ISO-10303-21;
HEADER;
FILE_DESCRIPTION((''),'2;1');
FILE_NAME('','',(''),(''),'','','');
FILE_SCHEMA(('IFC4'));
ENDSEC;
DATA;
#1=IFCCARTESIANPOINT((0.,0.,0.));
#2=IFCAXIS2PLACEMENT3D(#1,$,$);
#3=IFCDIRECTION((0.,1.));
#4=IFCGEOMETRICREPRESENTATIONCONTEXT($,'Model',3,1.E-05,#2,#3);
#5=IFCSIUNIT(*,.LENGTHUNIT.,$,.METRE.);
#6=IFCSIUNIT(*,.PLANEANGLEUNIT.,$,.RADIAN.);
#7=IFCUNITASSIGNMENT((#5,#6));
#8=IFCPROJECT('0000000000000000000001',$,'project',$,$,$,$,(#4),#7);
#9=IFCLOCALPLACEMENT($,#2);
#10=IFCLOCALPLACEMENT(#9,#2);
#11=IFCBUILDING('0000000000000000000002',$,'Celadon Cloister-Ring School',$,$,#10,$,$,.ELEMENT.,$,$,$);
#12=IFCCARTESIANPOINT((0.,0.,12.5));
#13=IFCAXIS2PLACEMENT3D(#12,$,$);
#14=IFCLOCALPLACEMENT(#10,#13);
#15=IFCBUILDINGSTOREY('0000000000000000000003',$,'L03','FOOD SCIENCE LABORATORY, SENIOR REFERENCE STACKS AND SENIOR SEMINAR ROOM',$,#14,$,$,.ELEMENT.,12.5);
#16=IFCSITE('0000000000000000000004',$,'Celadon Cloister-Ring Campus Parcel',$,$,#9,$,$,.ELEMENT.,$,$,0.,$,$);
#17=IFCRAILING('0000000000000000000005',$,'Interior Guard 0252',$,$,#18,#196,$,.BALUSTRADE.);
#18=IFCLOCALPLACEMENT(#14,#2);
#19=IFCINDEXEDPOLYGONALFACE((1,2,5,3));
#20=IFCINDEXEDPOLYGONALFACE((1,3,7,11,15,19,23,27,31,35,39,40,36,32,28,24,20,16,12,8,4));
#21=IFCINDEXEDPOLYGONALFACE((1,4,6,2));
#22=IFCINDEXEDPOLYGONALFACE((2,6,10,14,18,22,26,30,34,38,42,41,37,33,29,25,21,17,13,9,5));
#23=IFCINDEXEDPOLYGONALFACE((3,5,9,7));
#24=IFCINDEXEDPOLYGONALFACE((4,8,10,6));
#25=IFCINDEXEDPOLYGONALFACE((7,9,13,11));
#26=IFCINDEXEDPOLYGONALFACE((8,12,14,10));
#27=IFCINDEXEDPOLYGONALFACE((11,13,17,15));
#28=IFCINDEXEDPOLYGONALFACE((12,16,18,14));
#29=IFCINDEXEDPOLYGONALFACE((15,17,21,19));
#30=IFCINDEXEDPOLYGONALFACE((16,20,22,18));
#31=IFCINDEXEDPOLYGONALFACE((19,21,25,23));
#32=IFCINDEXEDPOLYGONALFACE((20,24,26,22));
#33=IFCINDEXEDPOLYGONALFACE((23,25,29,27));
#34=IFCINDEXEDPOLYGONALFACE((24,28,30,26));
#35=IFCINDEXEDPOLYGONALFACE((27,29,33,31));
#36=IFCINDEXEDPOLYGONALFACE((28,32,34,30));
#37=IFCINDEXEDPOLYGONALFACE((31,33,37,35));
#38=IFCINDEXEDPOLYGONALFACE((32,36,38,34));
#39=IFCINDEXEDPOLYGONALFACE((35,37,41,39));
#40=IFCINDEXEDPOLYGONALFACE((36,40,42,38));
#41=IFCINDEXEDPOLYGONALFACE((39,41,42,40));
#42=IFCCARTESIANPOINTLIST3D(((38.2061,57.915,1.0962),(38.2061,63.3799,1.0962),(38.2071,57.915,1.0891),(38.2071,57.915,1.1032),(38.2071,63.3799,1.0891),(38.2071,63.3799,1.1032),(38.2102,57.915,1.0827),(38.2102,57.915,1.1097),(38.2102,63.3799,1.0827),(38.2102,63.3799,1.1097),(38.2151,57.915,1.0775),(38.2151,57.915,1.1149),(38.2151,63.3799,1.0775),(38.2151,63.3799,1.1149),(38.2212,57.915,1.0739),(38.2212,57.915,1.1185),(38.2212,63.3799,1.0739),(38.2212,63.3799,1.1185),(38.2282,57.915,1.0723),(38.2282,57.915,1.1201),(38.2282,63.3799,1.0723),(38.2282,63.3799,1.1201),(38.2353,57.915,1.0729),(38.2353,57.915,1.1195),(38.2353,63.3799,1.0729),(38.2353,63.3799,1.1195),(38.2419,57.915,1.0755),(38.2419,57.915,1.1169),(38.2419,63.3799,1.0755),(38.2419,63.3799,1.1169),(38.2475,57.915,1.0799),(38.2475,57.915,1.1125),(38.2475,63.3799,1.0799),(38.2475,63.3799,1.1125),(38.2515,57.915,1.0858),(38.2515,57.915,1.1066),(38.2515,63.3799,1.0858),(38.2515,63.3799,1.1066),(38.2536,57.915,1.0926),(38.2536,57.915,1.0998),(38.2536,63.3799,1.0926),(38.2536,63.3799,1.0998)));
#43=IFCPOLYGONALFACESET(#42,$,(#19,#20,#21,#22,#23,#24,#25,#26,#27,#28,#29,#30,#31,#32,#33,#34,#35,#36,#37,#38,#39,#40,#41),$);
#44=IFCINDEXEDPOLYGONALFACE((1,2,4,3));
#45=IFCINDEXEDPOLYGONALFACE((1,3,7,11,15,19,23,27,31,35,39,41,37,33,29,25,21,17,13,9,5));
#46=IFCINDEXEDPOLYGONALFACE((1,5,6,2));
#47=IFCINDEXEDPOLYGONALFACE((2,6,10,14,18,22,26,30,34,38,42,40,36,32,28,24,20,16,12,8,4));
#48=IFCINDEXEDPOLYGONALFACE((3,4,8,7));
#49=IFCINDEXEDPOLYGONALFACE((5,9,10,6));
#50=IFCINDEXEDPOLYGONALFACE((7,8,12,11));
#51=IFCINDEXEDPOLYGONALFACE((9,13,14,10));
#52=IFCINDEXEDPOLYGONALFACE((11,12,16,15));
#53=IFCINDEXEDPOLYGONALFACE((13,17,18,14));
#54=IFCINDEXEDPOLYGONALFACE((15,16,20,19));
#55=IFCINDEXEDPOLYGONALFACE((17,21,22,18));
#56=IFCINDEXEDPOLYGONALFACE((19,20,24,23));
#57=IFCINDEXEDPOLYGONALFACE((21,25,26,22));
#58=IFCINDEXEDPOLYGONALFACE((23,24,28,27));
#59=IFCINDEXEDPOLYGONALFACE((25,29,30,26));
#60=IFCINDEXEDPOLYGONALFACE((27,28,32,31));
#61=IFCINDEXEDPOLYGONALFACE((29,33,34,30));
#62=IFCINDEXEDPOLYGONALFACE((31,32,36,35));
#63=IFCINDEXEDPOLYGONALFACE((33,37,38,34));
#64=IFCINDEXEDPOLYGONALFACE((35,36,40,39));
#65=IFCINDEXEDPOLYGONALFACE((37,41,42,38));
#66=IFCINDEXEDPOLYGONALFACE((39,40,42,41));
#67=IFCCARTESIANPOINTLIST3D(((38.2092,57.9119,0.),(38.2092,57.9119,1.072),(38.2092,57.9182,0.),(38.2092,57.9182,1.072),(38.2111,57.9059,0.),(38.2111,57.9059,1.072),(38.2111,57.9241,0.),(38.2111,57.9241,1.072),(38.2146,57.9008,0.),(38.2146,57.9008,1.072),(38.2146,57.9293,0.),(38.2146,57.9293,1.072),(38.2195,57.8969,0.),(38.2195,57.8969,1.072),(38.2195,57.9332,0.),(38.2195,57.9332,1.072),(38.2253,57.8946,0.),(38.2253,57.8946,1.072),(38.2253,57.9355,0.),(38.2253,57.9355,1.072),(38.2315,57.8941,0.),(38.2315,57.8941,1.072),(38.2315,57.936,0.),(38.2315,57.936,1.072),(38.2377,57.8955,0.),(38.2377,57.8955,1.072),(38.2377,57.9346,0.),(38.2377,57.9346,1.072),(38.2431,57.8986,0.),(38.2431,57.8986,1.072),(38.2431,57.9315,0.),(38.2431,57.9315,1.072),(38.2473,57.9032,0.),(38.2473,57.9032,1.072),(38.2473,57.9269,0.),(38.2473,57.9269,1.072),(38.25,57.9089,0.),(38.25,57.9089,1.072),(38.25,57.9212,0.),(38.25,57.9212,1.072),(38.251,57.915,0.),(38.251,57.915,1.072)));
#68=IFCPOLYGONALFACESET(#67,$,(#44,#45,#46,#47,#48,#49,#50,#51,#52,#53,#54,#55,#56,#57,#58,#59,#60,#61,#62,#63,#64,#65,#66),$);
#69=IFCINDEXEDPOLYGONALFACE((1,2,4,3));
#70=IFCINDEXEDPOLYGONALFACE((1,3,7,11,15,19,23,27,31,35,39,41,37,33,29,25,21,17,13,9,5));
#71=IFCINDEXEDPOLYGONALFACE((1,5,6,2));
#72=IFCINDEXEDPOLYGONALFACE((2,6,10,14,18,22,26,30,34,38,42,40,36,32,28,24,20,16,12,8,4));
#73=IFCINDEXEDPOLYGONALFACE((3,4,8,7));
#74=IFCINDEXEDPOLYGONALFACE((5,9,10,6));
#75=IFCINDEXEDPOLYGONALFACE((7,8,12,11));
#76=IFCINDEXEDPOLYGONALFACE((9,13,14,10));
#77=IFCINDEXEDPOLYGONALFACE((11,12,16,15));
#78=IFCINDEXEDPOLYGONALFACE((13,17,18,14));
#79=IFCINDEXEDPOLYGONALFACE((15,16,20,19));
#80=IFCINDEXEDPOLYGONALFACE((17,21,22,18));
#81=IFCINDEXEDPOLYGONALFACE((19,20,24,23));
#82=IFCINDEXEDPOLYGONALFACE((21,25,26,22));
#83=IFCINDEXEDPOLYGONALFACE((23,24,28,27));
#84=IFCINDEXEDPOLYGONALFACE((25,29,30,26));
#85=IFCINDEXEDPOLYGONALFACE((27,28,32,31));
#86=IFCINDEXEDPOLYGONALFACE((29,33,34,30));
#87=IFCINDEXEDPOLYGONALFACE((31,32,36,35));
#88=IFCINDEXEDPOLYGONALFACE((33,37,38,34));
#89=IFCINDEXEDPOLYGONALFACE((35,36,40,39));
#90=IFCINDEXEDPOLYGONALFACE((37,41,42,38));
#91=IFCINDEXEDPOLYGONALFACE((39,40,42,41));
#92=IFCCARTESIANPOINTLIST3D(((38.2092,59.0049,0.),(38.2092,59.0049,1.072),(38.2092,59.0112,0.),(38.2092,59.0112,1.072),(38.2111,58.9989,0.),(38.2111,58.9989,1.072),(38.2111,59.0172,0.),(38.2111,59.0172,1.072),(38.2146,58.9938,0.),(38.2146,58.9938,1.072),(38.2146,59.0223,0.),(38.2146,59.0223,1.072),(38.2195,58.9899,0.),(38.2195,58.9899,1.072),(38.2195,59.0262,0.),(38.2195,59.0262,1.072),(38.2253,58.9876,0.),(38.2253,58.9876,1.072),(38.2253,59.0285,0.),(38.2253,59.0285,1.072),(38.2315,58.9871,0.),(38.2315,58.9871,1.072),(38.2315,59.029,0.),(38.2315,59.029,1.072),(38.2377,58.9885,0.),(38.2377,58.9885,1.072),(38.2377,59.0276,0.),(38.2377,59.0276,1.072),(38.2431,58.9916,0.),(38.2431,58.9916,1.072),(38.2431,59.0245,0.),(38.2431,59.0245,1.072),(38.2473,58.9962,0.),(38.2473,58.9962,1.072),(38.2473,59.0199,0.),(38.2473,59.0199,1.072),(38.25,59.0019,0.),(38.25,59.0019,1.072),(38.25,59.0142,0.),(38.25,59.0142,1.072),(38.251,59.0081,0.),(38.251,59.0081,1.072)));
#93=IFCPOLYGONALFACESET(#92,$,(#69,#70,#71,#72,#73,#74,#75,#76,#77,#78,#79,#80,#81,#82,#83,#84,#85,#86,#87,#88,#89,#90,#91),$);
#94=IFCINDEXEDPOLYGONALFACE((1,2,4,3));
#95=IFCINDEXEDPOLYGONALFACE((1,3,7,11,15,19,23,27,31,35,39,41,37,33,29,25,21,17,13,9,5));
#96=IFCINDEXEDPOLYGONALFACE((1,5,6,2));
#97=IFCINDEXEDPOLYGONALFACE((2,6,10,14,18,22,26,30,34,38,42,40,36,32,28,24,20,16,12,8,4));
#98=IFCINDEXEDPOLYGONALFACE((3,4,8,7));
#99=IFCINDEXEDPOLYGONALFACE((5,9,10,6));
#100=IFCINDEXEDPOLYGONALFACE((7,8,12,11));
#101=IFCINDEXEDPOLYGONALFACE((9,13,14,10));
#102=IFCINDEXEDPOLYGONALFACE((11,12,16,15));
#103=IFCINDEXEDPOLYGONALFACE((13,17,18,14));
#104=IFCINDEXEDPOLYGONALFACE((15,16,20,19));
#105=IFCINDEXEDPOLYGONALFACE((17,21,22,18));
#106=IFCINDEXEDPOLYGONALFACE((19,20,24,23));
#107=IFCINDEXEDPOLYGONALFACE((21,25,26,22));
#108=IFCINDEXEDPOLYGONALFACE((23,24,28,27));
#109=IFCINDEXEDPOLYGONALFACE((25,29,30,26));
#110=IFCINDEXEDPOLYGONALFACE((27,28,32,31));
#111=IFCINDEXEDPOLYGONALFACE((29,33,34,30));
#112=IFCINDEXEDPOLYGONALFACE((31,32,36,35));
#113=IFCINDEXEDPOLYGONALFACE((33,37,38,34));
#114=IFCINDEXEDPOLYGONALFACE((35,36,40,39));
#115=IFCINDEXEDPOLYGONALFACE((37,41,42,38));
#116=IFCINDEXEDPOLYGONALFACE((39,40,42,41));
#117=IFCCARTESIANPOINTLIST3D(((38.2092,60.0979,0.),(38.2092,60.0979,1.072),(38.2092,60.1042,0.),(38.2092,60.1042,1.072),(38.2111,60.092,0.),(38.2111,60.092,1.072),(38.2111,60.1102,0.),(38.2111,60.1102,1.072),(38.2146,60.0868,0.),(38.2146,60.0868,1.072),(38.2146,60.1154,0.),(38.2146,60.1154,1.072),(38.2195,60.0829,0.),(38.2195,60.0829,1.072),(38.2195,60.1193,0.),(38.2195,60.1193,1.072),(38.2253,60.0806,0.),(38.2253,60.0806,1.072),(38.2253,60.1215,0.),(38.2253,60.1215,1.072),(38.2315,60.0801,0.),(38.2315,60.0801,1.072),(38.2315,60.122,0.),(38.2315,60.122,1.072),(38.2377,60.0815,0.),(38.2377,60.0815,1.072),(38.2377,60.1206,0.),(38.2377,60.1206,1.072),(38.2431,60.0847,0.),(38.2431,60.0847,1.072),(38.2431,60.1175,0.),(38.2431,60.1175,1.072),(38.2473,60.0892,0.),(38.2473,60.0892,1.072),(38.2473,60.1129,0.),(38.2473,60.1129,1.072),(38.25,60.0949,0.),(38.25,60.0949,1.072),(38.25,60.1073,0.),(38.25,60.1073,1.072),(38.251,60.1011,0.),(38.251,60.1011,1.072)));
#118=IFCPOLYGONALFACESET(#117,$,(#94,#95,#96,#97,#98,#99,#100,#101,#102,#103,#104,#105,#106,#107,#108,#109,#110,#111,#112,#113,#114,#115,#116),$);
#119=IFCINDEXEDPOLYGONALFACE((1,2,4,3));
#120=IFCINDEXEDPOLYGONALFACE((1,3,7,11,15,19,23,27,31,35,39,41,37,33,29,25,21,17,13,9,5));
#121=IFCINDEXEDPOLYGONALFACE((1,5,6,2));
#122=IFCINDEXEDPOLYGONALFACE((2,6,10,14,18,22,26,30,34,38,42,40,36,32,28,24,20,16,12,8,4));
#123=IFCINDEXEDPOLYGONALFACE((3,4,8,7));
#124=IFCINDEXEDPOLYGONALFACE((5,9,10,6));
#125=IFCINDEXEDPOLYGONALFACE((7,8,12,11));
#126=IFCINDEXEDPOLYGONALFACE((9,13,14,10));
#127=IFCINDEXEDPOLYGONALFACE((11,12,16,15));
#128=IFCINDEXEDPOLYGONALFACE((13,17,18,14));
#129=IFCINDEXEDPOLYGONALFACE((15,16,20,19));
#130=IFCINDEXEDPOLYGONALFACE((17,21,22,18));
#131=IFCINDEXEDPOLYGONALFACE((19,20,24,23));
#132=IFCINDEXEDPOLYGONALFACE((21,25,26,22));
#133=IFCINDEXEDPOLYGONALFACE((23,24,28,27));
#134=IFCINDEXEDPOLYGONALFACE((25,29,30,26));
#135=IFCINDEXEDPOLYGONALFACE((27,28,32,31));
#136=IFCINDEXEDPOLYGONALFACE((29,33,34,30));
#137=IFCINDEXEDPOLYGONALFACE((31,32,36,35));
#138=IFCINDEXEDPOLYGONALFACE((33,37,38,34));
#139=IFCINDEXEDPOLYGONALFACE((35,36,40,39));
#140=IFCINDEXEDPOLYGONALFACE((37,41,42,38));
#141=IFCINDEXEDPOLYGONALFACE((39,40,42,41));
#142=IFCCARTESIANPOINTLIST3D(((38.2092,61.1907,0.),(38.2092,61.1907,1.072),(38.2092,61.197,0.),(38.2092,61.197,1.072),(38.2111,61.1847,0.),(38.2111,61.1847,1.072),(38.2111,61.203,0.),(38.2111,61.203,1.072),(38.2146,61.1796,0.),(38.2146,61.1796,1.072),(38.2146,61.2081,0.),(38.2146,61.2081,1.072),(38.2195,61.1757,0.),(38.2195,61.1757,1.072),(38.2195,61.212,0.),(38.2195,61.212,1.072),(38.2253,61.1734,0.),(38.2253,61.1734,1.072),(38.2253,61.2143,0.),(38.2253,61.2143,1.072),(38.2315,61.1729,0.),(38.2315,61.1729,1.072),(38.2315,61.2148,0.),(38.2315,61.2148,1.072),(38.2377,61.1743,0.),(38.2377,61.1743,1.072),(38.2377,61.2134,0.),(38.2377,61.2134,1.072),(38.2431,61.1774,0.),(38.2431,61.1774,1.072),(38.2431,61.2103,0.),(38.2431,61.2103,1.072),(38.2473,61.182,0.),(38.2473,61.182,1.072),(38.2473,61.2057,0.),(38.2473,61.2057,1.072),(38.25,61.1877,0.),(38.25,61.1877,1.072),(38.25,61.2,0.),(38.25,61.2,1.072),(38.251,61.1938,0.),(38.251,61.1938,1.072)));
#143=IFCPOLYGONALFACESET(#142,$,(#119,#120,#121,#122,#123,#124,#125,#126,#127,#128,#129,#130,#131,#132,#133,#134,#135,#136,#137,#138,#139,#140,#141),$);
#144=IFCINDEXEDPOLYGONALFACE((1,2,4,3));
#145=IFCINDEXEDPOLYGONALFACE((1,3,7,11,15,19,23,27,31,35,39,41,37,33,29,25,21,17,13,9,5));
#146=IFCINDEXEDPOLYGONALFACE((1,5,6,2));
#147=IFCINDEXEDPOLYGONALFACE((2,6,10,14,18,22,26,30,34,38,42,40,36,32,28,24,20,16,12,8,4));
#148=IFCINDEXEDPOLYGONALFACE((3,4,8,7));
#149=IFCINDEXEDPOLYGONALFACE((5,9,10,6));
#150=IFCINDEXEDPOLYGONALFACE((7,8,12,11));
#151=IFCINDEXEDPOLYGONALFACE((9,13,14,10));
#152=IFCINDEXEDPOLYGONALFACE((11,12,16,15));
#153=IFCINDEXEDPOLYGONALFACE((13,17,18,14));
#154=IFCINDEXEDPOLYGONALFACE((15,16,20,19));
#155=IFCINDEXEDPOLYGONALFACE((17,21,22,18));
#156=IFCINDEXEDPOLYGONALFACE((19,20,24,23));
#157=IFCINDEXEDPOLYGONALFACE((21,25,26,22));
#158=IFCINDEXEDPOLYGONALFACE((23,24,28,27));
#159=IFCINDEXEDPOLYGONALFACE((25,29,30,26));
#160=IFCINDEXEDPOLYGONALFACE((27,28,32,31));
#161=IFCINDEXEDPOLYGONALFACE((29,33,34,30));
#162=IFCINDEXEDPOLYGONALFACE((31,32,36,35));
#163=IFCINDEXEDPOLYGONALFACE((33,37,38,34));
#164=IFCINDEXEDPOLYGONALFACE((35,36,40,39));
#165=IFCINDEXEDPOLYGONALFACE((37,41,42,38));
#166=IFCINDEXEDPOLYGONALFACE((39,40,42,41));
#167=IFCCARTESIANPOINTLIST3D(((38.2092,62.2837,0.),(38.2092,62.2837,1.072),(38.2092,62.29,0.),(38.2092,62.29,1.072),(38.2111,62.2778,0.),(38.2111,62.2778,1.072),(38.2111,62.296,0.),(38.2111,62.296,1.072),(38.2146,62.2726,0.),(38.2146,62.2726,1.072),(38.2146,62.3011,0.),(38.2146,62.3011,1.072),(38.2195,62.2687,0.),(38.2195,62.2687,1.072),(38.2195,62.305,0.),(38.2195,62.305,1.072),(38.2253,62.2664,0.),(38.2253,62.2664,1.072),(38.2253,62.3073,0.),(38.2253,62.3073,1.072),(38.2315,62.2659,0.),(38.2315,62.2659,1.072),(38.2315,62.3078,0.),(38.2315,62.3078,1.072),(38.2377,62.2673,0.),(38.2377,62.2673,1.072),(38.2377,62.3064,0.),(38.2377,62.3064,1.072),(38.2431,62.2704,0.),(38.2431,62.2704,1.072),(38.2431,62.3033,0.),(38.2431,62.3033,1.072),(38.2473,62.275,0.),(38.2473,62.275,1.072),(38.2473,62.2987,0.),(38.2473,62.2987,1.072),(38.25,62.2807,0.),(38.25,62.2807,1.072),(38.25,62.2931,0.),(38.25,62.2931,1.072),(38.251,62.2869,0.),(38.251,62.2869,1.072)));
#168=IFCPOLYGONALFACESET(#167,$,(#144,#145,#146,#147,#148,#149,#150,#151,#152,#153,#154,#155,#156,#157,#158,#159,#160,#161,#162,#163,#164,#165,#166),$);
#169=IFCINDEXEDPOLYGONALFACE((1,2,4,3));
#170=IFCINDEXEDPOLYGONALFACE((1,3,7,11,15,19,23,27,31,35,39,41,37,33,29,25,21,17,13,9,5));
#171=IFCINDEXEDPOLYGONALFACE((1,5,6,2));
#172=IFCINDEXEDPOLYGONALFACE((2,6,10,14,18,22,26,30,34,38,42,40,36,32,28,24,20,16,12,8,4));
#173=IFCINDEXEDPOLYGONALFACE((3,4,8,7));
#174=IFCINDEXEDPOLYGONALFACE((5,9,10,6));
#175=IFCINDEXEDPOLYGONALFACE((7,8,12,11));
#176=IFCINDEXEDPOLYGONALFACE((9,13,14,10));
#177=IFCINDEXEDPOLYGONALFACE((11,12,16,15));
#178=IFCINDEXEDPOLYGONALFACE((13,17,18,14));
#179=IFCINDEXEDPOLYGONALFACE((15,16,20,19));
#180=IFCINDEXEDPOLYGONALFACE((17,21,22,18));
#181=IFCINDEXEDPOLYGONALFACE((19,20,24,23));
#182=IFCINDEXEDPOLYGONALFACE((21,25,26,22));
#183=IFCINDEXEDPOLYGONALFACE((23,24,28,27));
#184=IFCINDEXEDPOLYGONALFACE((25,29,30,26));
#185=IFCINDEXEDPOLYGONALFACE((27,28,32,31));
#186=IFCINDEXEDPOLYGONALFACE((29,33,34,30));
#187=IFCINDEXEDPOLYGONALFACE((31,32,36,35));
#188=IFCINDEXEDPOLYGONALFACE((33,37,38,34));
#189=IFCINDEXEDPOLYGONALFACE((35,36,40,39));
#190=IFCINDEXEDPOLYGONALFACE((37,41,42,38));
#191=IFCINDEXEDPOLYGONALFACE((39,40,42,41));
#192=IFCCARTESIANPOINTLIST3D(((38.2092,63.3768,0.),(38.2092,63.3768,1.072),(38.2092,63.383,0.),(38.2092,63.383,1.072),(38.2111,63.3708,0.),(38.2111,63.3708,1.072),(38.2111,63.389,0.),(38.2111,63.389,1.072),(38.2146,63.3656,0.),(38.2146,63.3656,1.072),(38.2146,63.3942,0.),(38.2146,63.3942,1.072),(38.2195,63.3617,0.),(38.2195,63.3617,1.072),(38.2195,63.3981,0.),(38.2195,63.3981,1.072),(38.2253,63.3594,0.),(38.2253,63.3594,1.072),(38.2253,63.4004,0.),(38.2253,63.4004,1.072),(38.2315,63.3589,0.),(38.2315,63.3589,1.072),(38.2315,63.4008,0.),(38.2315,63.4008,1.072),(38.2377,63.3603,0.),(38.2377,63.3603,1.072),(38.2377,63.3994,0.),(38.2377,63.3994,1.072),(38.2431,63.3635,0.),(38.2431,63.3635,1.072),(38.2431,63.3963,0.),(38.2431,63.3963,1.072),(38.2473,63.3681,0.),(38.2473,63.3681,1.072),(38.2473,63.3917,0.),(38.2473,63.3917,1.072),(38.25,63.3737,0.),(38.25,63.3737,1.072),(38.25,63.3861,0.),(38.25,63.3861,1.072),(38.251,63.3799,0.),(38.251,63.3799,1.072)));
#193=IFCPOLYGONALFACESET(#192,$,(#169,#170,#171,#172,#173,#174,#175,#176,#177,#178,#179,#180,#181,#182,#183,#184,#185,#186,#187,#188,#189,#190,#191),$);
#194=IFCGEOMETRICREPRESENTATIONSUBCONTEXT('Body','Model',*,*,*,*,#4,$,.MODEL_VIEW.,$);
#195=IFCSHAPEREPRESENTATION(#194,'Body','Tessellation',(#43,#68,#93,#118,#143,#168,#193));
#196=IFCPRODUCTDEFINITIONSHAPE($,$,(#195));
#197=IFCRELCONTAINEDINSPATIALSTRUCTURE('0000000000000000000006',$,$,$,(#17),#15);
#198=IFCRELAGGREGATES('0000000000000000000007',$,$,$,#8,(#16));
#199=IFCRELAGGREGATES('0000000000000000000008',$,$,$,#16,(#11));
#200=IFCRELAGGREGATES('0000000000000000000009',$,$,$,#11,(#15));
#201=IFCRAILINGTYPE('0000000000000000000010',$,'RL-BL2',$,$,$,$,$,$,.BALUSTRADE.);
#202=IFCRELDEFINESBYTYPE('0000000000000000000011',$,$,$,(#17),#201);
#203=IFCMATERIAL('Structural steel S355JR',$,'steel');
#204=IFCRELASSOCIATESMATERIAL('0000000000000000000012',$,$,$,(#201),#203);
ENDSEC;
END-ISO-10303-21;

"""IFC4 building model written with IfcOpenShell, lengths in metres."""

from ifc_helpers import new_model, si_unit, direction, frame, origin, origin_2d, place, context, subcontext, project, spatial, circle, extrude, material, type_object, element, save


model = new_model("IFC4")

# Units and contexts
model_context = context("Model", 3, precision=1e-05, world=origin(), true_north=direction((0.0, 1.0)))
body_context = subcontext(model_context, "Body", "Model", "MODEL_VIEW")
ifc_project = project(units=[si_unit("LENGTHUNIT", "METRE"), si_unit("PLANEANGLEUNIT", "RADIAN")], contexts=[model_context])

# Site, building, storey
site_placement = place(None, origin())
site = spatial("IfcSite", under=ifc_project, at=site_placement, Name="Celadon Cloister-Ring Campus Parcel", CompositionType="ELEMENT", RefElevation=0.0)
building_placement = place(site_placement, origin())
building = spatial("IfcBuilding", under=site, at=building_placement, Name="Celadon Cloister-Ring School", CompositionType="ELEMENT")
storey_placement = place(building_placement, frame((0.0, 0.0, 12.5)))
storey = spatial("IfcBuildingStorey", under=building, at=storey_placement, Name="L03", Description="FOOD SCIENCE LABORATORY, SENIOR REFERENCE STACKS AND SENIOR SEMINAR ROOM", CompositionType="ELEMENT", Elevation=12.5)

# Railing
ifc_material_1 = material(Name="Structural steel S355JR", Category="steel")
railing_type_1 = type_object("IfcRailingType", Name="RL-BL2", PredefinedType="BALUSTRADE", material=ifc_material_1)
railing_1_placement = place(storey_placement, frame((38.23, 57.915, 0.0)))
element("IfcRailing", 1, at=railing_1_placement, inside=storey, type_object=railing_type_1, Name="Interior Guard 0252", PredefinedType="BALUSTRADE", context=body_context, shape_type="SweptSolid", body=[
    extrude(circle(Radius=0.0239, at=origin_2d()), frame((0.0, 0.0, 1.0962), z_axis=(0.0, 1.0, 0.0), x_axis=(-1.0, 0.0, 0.0)), (0.0, 0.0, 1.0), 5.4648),
    extrude(circle(Radius=0.021, at=origin_2d()), origin(), (0.0, 0.0, 1.0), 1.072),
    extrude(circle(Radius=0.021, at=origin_2d()), frame((0.0, 1.093, 0.0)), (0.0, 0.0, 1.0), 1.072),
    extrude(circle(Radius=0.021, at=origin_2d()), frame((0.0, 2.186, 0.0)), (0.0, 0.0, 1.0), 1.072),
    extrude(circle(Radius=0.021, at=origin_2d()), frame((0.0, 3.2788, 0.0)), (0.0, 0.0, 1.0), 1.072),
    extrude(circle(Radius=0.021, at=origin_2d()), frame((0.0, 4.3718, 0.0)), (0.0, 0.0, 1.0), 1.072),
    extrude(circle(Radius=0.021, at=origin_2d()), frame((0.0, 5.4648, 0.0)), (0.0, 0.0, 1.0), 1.072),
])

save(model, "model.ifc")
